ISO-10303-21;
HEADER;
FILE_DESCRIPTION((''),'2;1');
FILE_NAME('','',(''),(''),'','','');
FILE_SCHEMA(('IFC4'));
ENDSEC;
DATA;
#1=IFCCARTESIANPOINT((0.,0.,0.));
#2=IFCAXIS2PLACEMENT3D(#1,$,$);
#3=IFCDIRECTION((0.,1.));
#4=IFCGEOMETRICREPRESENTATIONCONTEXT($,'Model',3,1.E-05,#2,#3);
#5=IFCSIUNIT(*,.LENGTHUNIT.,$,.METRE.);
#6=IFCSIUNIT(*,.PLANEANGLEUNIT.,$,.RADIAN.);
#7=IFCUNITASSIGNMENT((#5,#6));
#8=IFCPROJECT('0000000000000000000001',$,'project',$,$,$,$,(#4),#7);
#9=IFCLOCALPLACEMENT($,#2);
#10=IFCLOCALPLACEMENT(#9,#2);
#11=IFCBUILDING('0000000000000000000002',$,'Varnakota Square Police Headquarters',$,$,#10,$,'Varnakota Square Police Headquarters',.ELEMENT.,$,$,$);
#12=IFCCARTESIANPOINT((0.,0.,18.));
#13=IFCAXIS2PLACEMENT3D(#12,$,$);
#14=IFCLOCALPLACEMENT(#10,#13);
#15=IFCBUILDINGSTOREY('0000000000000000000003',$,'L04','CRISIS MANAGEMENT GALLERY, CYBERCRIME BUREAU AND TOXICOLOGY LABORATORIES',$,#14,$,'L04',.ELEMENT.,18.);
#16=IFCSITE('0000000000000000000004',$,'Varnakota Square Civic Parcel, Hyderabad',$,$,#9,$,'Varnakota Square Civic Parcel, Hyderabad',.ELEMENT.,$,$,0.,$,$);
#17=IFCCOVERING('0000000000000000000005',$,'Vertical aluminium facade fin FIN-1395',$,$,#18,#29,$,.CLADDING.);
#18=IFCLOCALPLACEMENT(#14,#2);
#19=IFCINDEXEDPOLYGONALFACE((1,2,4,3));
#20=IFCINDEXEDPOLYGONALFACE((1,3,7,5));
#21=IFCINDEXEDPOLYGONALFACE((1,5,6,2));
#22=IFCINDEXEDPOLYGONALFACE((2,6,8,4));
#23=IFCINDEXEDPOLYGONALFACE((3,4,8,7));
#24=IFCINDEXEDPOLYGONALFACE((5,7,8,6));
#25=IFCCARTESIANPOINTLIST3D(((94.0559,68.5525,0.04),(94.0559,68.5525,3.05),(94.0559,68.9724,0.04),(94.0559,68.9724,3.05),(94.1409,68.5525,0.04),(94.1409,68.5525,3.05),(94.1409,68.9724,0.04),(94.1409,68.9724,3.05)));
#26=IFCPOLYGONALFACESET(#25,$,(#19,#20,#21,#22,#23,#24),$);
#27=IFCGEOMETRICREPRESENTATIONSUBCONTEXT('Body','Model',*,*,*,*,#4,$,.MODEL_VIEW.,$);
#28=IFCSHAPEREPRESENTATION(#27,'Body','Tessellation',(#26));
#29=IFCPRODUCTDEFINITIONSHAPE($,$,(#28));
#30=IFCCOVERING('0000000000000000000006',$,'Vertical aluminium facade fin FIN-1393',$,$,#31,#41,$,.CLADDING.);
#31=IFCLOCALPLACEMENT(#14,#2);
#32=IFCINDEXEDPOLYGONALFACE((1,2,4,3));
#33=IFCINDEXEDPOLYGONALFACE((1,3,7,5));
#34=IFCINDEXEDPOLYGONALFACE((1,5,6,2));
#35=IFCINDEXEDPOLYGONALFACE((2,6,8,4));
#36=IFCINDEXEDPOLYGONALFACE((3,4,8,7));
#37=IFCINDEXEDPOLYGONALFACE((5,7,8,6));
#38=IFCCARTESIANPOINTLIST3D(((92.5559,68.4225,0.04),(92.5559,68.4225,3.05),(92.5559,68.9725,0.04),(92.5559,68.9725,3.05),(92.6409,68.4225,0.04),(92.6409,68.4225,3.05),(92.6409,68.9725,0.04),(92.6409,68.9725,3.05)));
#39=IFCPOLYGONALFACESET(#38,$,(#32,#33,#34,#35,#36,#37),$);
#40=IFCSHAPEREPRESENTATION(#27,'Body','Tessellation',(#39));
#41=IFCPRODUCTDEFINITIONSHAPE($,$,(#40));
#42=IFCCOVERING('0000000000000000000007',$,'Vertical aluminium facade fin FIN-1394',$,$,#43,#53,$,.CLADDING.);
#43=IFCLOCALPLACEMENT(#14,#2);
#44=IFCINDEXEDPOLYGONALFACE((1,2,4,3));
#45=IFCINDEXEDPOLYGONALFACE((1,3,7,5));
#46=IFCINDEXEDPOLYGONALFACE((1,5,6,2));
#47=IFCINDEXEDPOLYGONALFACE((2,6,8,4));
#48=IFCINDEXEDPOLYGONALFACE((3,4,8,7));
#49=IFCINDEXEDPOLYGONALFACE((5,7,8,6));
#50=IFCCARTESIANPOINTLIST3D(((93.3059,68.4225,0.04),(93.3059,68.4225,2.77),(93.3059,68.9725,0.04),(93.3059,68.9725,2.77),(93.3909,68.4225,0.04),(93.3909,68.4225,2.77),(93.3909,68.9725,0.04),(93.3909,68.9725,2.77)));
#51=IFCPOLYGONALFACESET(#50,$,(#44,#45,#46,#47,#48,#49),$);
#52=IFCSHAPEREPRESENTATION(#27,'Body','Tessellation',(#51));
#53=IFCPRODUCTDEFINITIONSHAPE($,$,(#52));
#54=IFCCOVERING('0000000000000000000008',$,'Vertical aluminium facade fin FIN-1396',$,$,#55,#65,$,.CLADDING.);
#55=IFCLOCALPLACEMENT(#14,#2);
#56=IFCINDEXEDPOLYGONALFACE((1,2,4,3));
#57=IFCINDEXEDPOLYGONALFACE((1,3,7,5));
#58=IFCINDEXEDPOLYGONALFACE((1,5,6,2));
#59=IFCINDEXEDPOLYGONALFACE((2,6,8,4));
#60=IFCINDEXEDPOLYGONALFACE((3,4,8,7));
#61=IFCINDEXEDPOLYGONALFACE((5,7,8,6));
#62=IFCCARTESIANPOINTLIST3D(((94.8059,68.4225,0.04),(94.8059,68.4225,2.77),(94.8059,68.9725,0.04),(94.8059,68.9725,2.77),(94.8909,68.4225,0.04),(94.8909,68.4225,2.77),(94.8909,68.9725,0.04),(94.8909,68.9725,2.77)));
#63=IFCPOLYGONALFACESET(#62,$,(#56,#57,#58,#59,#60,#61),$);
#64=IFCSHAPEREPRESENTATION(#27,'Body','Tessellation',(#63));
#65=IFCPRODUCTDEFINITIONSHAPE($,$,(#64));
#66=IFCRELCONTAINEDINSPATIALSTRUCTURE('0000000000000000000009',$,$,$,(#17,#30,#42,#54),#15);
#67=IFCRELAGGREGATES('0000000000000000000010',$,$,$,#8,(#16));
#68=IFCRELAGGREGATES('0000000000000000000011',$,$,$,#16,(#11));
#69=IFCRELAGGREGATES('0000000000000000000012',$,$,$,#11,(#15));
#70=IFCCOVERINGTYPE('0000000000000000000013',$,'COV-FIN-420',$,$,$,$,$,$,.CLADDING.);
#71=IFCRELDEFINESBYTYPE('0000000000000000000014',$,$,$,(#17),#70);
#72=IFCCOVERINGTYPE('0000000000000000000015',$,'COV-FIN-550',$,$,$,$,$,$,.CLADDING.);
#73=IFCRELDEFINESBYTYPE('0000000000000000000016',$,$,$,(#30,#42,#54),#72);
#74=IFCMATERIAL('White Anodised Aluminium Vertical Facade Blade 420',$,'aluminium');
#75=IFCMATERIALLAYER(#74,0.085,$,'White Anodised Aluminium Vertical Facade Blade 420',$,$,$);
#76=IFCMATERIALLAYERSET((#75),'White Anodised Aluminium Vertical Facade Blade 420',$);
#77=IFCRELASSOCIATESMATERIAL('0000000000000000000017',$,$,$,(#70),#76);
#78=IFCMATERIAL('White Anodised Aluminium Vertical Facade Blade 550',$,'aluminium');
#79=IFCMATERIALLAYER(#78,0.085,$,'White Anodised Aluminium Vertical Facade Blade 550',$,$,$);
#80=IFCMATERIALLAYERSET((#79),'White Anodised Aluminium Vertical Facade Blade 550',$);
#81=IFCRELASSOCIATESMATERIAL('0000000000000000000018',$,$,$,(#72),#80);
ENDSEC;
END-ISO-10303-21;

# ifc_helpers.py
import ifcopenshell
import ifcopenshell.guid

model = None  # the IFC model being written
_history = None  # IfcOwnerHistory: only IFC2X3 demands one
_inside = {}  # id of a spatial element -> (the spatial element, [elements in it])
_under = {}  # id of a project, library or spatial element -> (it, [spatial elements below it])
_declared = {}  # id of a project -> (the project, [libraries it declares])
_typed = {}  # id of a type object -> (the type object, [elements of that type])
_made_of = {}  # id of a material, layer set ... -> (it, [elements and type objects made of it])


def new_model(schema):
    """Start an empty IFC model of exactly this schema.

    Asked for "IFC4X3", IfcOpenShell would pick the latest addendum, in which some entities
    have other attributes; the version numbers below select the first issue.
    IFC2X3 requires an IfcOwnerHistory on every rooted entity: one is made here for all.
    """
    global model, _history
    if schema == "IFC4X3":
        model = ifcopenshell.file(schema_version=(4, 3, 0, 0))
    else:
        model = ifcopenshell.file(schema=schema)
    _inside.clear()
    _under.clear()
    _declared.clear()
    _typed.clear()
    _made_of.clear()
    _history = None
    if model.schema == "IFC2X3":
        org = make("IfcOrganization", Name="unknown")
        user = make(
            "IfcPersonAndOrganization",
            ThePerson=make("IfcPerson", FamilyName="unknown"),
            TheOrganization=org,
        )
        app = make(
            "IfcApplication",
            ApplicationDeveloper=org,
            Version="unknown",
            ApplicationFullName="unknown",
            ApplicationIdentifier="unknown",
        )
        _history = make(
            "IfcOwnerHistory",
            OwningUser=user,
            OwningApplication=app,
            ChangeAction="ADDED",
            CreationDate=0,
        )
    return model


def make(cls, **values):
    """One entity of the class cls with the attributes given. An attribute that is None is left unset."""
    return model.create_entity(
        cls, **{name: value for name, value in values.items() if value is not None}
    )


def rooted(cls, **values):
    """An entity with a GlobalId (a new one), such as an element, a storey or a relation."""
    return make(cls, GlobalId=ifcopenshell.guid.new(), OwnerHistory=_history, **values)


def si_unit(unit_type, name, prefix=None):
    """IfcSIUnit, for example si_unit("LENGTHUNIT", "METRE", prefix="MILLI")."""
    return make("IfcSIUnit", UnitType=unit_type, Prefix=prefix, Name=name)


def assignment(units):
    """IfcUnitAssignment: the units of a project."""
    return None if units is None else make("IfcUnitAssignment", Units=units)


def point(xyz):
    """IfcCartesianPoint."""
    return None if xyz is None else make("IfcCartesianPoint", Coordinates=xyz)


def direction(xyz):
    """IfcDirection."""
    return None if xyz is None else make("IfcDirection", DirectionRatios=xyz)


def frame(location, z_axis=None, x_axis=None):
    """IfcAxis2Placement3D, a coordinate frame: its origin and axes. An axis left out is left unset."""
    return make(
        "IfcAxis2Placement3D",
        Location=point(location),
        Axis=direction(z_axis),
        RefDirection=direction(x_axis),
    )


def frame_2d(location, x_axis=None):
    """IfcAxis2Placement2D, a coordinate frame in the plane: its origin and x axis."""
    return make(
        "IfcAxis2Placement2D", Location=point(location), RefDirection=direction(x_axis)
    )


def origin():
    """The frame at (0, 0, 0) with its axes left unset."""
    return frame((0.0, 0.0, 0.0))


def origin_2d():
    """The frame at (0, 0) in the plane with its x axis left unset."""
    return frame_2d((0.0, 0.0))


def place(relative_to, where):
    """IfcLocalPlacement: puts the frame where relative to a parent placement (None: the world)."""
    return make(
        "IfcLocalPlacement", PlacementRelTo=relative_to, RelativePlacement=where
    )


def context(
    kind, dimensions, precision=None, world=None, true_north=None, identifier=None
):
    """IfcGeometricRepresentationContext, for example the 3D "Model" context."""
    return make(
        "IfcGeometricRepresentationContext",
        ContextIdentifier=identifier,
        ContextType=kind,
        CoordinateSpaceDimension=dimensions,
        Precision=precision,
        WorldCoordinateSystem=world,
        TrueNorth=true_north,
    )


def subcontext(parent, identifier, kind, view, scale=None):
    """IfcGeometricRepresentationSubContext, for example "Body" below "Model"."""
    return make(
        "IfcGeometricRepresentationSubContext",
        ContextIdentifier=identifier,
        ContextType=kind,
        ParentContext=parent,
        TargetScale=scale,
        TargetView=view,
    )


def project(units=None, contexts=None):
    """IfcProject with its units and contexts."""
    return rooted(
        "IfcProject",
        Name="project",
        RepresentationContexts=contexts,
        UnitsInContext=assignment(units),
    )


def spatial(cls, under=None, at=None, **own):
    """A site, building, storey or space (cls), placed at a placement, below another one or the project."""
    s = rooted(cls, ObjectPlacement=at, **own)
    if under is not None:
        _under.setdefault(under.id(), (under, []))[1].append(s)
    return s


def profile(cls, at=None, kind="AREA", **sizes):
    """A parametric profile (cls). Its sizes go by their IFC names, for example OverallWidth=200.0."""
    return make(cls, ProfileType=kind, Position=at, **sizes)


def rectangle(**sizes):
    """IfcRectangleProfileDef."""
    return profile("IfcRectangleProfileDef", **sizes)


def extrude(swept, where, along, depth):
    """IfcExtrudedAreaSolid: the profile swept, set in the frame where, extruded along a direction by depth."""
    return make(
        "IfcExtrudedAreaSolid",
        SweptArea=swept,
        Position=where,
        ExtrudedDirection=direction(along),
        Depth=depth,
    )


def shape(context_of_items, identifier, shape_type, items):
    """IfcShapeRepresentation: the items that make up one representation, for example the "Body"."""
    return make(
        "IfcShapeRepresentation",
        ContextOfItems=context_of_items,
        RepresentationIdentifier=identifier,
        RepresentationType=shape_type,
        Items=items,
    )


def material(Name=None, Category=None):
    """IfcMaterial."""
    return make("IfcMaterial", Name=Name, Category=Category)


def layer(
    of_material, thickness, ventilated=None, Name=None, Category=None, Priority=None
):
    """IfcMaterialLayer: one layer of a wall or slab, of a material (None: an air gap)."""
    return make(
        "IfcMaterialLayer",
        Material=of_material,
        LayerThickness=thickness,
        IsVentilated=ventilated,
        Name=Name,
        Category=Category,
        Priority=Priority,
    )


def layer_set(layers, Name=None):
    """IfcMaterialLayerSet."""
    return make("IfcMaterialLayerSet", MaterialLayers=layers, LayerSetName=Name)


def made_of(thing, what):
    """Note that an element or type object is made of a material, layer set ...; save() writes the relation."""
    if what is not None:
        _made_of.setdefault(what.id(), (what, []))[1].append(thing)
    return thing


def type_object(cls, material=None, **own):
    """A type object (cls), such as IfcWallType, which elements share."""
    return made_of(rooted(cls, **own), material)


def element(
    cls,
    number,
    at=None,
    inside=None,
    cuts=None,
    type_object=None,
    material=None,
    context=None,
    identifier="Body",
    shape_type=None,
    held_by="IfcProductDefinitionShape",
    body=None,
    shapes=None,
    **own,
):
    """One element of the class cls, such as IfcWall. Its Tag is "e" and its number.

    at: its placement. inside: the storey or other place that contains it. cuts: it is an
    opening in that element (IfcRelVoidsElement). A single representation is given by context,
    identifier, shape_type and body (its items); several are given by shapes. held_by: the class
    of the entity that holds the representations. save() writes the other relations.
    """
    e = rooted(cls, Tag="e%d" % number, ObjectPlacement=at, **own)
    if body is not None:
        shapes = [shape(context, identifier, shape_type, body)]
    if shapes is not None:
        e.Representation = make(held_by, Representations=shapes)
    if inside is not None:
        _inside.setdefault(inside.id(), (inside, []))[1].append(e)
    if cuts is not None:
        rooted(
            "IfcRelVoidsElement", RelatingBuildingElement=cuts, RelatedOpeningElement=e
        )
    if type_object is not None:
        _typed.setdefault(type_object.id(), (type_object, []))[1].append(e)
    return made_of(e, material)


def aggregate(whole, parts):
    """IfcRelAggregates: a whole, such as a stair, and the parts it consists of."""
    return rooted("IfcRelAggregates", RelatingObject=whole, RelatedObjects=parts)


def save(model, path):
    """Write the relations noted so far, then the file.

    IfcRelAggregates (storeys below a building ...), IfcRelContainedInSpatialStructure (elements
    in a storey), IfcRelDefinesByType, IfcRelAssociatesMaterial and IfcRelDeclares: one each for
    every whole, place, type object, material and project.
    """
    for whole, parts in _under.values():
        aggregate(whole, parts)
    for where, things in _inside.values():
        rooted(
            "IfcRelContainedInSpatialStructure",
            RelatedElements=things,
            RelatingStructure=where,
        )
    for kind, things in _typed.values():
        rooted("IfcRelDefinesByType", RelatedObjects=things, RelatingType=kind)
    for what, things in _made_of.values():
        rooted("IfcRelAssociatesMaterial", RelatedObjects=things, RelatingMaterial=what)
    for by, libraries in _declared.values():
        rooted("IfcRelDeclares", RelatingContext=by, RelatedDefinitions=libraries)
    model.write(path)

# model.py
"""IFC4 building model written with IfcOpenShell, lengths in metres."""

from ifc_helpers import new_model, si_unit, direction, frame, origin, origin_2d, place, context, subcontext, project, spatial, rectangle, extrude, material, layer, layer_set, type_object, element, save


model = new_model("IFC4")

# Units and contexts
model_context = context("Model", 3, precision=1e-05, world=origin(), true_north=direction((0.0, 1.0)))
body_context = subcontext(model_context, "Body", "Model", "MODEL_VIEW")
ifc_project = project(units=[si_unit("LENGTHUNIT", "METRE"), si_unit("PLANEANGLEUNIT", "RADIAN")], contexts=[model_context])

# Site, building, storey
site_placement = place(None, origin())
site = spatial("IfcSite", under=ifc_project, at=site_placement, Name="Varnakota Square Civic Parcel, Hyderabad", LongName="Varnakota Square Civic Parcel, Hyderabad", CompositionType="ELEMENT", RefElevation=0.0)
building_placement = place(site_placement, origin())
building = spatial("IfcBuilding", under=site, at=building_placement, Name="Varnakota Square Police Headquarters", LongName="Varnakota Square Police Headquarters", CompositionType="ELEMENT")
storey_placement = place(building_placement, frame((0.0, 0.0, 18.0)))
storey = spatial("IfcBuildingStorey", under=building, at=storey_placement, Name="L04", Description="CRISIS MANAGEMENT GALLERY, CYBERCRIME BUREAU AND TOXICOLOGY LABORATORIES", LongName="L04", CompositionType="ELEMENT", Elevation=18.0)

# Coverings
ifc_material_1 = material(Name="White Anodised Aluminium Vertical Facade Blade 420", Category="aluminium")
ifc_layer_1 = layer(ifc_material_1, 0.085, Name="White Anodised Aluminium Vertical Facade Blade 420")
ifc_layer_set_1 = layer_set([ifc_layer_1], Name="White Anodised Aluminium Vertical Facade Blade 420")
covering_type_1 = type_object("IfcCoveringType", Name="COV-FIN-420", PredefinedType="CLADDING", material=ifc_layer_set_1)
covering_1_placement = place(storey_placement, frame((94.0984, 68.7625, 0.04), z_axis=(0.0, 0.0, 1.0), x_axis=(1.0, 0.0, 0.0)))
element("IfcCovering", 1, at=covering_1_placement, inside=storey, type_object=covering_type_1, Name="Vertical aluminium facade fin FIN-1395", PredefinedType="CLADDING", context=body_context, shape_type="SweptSolid", body=[
    extrude(rectangle(XDim=0.085, YDim=0.4199, at=origin_2d()), origin(), (0.0, 0.0, 1.0), 3.01),
])
ifc_material_2 = material(Name="White Anodised Aluminium Vertical Facade Blade 550", Category="aluminium")
ifc_layer_2 = layer(ifc_material_2, 0.085, Name="White Anodised Aluminium Vertical Facade Blade 550")
ifc_layer_set_2 = layer_set([ifc_layer_2], Name="White Anodised Aluminium Vertical Facade Blade 550")
covering_type_2 = type_object("IfcCoveringType", Name="COV-FIN-550", PredefinedType="CLADDING", material=ifc_layer_set_2)
covering_2_placement = place(storey_placement, frame((92.5984, 68.6975, 0.04), z_axis=(0.0, 0.0, 1.0), x_axis=(1.0, 0.0, 0.0)))
element("IfcCovering", 2, at=covering_2_placement, inside=storey, type_object=covering_type_2, Name="Vertical aluminium facade fin FIN-1393", PredefinedType="CLADDING", context=body_context, shape_type="SweptSolid", body=[
    extrude(rectangle(XDim=0.085, YDim=0.55, at=origin_2d()), origin(), (0.0, 0.0, 1.0), 3.01),
])
for number, where, z_axis, x_axis, name in (
    (3, (93.3484, 68.6975, 0.04), (0.0, 0.0, 1.0), (1.0, 0.0, 0.0), "Vertical aluminium facade fin FIN-1394"),
    (4, (94.8484, 68.6975, 0.04), (0.0, 0.0, 1.0), (1.0, 0.0, 0.0), "Vertical aluminium facade fin FIN-1396"),
):
    element("IfcCovering", number, at=place(storey_placement, frame(where, z_axis=z_axis, x_axis=x_axis)), inside=storey, type_object=covering_type_2, Name=name, PredefinedType="CLADDING", context=body_context, shape_type="SweptSolid", body=[
        extrude(rectangle(XDim=0.085, YDim=0.55, at=origin_2d()), origin(), (0.0, 0.0, 1.0), 2.73),
    ])

save(model, "model.ifc")
